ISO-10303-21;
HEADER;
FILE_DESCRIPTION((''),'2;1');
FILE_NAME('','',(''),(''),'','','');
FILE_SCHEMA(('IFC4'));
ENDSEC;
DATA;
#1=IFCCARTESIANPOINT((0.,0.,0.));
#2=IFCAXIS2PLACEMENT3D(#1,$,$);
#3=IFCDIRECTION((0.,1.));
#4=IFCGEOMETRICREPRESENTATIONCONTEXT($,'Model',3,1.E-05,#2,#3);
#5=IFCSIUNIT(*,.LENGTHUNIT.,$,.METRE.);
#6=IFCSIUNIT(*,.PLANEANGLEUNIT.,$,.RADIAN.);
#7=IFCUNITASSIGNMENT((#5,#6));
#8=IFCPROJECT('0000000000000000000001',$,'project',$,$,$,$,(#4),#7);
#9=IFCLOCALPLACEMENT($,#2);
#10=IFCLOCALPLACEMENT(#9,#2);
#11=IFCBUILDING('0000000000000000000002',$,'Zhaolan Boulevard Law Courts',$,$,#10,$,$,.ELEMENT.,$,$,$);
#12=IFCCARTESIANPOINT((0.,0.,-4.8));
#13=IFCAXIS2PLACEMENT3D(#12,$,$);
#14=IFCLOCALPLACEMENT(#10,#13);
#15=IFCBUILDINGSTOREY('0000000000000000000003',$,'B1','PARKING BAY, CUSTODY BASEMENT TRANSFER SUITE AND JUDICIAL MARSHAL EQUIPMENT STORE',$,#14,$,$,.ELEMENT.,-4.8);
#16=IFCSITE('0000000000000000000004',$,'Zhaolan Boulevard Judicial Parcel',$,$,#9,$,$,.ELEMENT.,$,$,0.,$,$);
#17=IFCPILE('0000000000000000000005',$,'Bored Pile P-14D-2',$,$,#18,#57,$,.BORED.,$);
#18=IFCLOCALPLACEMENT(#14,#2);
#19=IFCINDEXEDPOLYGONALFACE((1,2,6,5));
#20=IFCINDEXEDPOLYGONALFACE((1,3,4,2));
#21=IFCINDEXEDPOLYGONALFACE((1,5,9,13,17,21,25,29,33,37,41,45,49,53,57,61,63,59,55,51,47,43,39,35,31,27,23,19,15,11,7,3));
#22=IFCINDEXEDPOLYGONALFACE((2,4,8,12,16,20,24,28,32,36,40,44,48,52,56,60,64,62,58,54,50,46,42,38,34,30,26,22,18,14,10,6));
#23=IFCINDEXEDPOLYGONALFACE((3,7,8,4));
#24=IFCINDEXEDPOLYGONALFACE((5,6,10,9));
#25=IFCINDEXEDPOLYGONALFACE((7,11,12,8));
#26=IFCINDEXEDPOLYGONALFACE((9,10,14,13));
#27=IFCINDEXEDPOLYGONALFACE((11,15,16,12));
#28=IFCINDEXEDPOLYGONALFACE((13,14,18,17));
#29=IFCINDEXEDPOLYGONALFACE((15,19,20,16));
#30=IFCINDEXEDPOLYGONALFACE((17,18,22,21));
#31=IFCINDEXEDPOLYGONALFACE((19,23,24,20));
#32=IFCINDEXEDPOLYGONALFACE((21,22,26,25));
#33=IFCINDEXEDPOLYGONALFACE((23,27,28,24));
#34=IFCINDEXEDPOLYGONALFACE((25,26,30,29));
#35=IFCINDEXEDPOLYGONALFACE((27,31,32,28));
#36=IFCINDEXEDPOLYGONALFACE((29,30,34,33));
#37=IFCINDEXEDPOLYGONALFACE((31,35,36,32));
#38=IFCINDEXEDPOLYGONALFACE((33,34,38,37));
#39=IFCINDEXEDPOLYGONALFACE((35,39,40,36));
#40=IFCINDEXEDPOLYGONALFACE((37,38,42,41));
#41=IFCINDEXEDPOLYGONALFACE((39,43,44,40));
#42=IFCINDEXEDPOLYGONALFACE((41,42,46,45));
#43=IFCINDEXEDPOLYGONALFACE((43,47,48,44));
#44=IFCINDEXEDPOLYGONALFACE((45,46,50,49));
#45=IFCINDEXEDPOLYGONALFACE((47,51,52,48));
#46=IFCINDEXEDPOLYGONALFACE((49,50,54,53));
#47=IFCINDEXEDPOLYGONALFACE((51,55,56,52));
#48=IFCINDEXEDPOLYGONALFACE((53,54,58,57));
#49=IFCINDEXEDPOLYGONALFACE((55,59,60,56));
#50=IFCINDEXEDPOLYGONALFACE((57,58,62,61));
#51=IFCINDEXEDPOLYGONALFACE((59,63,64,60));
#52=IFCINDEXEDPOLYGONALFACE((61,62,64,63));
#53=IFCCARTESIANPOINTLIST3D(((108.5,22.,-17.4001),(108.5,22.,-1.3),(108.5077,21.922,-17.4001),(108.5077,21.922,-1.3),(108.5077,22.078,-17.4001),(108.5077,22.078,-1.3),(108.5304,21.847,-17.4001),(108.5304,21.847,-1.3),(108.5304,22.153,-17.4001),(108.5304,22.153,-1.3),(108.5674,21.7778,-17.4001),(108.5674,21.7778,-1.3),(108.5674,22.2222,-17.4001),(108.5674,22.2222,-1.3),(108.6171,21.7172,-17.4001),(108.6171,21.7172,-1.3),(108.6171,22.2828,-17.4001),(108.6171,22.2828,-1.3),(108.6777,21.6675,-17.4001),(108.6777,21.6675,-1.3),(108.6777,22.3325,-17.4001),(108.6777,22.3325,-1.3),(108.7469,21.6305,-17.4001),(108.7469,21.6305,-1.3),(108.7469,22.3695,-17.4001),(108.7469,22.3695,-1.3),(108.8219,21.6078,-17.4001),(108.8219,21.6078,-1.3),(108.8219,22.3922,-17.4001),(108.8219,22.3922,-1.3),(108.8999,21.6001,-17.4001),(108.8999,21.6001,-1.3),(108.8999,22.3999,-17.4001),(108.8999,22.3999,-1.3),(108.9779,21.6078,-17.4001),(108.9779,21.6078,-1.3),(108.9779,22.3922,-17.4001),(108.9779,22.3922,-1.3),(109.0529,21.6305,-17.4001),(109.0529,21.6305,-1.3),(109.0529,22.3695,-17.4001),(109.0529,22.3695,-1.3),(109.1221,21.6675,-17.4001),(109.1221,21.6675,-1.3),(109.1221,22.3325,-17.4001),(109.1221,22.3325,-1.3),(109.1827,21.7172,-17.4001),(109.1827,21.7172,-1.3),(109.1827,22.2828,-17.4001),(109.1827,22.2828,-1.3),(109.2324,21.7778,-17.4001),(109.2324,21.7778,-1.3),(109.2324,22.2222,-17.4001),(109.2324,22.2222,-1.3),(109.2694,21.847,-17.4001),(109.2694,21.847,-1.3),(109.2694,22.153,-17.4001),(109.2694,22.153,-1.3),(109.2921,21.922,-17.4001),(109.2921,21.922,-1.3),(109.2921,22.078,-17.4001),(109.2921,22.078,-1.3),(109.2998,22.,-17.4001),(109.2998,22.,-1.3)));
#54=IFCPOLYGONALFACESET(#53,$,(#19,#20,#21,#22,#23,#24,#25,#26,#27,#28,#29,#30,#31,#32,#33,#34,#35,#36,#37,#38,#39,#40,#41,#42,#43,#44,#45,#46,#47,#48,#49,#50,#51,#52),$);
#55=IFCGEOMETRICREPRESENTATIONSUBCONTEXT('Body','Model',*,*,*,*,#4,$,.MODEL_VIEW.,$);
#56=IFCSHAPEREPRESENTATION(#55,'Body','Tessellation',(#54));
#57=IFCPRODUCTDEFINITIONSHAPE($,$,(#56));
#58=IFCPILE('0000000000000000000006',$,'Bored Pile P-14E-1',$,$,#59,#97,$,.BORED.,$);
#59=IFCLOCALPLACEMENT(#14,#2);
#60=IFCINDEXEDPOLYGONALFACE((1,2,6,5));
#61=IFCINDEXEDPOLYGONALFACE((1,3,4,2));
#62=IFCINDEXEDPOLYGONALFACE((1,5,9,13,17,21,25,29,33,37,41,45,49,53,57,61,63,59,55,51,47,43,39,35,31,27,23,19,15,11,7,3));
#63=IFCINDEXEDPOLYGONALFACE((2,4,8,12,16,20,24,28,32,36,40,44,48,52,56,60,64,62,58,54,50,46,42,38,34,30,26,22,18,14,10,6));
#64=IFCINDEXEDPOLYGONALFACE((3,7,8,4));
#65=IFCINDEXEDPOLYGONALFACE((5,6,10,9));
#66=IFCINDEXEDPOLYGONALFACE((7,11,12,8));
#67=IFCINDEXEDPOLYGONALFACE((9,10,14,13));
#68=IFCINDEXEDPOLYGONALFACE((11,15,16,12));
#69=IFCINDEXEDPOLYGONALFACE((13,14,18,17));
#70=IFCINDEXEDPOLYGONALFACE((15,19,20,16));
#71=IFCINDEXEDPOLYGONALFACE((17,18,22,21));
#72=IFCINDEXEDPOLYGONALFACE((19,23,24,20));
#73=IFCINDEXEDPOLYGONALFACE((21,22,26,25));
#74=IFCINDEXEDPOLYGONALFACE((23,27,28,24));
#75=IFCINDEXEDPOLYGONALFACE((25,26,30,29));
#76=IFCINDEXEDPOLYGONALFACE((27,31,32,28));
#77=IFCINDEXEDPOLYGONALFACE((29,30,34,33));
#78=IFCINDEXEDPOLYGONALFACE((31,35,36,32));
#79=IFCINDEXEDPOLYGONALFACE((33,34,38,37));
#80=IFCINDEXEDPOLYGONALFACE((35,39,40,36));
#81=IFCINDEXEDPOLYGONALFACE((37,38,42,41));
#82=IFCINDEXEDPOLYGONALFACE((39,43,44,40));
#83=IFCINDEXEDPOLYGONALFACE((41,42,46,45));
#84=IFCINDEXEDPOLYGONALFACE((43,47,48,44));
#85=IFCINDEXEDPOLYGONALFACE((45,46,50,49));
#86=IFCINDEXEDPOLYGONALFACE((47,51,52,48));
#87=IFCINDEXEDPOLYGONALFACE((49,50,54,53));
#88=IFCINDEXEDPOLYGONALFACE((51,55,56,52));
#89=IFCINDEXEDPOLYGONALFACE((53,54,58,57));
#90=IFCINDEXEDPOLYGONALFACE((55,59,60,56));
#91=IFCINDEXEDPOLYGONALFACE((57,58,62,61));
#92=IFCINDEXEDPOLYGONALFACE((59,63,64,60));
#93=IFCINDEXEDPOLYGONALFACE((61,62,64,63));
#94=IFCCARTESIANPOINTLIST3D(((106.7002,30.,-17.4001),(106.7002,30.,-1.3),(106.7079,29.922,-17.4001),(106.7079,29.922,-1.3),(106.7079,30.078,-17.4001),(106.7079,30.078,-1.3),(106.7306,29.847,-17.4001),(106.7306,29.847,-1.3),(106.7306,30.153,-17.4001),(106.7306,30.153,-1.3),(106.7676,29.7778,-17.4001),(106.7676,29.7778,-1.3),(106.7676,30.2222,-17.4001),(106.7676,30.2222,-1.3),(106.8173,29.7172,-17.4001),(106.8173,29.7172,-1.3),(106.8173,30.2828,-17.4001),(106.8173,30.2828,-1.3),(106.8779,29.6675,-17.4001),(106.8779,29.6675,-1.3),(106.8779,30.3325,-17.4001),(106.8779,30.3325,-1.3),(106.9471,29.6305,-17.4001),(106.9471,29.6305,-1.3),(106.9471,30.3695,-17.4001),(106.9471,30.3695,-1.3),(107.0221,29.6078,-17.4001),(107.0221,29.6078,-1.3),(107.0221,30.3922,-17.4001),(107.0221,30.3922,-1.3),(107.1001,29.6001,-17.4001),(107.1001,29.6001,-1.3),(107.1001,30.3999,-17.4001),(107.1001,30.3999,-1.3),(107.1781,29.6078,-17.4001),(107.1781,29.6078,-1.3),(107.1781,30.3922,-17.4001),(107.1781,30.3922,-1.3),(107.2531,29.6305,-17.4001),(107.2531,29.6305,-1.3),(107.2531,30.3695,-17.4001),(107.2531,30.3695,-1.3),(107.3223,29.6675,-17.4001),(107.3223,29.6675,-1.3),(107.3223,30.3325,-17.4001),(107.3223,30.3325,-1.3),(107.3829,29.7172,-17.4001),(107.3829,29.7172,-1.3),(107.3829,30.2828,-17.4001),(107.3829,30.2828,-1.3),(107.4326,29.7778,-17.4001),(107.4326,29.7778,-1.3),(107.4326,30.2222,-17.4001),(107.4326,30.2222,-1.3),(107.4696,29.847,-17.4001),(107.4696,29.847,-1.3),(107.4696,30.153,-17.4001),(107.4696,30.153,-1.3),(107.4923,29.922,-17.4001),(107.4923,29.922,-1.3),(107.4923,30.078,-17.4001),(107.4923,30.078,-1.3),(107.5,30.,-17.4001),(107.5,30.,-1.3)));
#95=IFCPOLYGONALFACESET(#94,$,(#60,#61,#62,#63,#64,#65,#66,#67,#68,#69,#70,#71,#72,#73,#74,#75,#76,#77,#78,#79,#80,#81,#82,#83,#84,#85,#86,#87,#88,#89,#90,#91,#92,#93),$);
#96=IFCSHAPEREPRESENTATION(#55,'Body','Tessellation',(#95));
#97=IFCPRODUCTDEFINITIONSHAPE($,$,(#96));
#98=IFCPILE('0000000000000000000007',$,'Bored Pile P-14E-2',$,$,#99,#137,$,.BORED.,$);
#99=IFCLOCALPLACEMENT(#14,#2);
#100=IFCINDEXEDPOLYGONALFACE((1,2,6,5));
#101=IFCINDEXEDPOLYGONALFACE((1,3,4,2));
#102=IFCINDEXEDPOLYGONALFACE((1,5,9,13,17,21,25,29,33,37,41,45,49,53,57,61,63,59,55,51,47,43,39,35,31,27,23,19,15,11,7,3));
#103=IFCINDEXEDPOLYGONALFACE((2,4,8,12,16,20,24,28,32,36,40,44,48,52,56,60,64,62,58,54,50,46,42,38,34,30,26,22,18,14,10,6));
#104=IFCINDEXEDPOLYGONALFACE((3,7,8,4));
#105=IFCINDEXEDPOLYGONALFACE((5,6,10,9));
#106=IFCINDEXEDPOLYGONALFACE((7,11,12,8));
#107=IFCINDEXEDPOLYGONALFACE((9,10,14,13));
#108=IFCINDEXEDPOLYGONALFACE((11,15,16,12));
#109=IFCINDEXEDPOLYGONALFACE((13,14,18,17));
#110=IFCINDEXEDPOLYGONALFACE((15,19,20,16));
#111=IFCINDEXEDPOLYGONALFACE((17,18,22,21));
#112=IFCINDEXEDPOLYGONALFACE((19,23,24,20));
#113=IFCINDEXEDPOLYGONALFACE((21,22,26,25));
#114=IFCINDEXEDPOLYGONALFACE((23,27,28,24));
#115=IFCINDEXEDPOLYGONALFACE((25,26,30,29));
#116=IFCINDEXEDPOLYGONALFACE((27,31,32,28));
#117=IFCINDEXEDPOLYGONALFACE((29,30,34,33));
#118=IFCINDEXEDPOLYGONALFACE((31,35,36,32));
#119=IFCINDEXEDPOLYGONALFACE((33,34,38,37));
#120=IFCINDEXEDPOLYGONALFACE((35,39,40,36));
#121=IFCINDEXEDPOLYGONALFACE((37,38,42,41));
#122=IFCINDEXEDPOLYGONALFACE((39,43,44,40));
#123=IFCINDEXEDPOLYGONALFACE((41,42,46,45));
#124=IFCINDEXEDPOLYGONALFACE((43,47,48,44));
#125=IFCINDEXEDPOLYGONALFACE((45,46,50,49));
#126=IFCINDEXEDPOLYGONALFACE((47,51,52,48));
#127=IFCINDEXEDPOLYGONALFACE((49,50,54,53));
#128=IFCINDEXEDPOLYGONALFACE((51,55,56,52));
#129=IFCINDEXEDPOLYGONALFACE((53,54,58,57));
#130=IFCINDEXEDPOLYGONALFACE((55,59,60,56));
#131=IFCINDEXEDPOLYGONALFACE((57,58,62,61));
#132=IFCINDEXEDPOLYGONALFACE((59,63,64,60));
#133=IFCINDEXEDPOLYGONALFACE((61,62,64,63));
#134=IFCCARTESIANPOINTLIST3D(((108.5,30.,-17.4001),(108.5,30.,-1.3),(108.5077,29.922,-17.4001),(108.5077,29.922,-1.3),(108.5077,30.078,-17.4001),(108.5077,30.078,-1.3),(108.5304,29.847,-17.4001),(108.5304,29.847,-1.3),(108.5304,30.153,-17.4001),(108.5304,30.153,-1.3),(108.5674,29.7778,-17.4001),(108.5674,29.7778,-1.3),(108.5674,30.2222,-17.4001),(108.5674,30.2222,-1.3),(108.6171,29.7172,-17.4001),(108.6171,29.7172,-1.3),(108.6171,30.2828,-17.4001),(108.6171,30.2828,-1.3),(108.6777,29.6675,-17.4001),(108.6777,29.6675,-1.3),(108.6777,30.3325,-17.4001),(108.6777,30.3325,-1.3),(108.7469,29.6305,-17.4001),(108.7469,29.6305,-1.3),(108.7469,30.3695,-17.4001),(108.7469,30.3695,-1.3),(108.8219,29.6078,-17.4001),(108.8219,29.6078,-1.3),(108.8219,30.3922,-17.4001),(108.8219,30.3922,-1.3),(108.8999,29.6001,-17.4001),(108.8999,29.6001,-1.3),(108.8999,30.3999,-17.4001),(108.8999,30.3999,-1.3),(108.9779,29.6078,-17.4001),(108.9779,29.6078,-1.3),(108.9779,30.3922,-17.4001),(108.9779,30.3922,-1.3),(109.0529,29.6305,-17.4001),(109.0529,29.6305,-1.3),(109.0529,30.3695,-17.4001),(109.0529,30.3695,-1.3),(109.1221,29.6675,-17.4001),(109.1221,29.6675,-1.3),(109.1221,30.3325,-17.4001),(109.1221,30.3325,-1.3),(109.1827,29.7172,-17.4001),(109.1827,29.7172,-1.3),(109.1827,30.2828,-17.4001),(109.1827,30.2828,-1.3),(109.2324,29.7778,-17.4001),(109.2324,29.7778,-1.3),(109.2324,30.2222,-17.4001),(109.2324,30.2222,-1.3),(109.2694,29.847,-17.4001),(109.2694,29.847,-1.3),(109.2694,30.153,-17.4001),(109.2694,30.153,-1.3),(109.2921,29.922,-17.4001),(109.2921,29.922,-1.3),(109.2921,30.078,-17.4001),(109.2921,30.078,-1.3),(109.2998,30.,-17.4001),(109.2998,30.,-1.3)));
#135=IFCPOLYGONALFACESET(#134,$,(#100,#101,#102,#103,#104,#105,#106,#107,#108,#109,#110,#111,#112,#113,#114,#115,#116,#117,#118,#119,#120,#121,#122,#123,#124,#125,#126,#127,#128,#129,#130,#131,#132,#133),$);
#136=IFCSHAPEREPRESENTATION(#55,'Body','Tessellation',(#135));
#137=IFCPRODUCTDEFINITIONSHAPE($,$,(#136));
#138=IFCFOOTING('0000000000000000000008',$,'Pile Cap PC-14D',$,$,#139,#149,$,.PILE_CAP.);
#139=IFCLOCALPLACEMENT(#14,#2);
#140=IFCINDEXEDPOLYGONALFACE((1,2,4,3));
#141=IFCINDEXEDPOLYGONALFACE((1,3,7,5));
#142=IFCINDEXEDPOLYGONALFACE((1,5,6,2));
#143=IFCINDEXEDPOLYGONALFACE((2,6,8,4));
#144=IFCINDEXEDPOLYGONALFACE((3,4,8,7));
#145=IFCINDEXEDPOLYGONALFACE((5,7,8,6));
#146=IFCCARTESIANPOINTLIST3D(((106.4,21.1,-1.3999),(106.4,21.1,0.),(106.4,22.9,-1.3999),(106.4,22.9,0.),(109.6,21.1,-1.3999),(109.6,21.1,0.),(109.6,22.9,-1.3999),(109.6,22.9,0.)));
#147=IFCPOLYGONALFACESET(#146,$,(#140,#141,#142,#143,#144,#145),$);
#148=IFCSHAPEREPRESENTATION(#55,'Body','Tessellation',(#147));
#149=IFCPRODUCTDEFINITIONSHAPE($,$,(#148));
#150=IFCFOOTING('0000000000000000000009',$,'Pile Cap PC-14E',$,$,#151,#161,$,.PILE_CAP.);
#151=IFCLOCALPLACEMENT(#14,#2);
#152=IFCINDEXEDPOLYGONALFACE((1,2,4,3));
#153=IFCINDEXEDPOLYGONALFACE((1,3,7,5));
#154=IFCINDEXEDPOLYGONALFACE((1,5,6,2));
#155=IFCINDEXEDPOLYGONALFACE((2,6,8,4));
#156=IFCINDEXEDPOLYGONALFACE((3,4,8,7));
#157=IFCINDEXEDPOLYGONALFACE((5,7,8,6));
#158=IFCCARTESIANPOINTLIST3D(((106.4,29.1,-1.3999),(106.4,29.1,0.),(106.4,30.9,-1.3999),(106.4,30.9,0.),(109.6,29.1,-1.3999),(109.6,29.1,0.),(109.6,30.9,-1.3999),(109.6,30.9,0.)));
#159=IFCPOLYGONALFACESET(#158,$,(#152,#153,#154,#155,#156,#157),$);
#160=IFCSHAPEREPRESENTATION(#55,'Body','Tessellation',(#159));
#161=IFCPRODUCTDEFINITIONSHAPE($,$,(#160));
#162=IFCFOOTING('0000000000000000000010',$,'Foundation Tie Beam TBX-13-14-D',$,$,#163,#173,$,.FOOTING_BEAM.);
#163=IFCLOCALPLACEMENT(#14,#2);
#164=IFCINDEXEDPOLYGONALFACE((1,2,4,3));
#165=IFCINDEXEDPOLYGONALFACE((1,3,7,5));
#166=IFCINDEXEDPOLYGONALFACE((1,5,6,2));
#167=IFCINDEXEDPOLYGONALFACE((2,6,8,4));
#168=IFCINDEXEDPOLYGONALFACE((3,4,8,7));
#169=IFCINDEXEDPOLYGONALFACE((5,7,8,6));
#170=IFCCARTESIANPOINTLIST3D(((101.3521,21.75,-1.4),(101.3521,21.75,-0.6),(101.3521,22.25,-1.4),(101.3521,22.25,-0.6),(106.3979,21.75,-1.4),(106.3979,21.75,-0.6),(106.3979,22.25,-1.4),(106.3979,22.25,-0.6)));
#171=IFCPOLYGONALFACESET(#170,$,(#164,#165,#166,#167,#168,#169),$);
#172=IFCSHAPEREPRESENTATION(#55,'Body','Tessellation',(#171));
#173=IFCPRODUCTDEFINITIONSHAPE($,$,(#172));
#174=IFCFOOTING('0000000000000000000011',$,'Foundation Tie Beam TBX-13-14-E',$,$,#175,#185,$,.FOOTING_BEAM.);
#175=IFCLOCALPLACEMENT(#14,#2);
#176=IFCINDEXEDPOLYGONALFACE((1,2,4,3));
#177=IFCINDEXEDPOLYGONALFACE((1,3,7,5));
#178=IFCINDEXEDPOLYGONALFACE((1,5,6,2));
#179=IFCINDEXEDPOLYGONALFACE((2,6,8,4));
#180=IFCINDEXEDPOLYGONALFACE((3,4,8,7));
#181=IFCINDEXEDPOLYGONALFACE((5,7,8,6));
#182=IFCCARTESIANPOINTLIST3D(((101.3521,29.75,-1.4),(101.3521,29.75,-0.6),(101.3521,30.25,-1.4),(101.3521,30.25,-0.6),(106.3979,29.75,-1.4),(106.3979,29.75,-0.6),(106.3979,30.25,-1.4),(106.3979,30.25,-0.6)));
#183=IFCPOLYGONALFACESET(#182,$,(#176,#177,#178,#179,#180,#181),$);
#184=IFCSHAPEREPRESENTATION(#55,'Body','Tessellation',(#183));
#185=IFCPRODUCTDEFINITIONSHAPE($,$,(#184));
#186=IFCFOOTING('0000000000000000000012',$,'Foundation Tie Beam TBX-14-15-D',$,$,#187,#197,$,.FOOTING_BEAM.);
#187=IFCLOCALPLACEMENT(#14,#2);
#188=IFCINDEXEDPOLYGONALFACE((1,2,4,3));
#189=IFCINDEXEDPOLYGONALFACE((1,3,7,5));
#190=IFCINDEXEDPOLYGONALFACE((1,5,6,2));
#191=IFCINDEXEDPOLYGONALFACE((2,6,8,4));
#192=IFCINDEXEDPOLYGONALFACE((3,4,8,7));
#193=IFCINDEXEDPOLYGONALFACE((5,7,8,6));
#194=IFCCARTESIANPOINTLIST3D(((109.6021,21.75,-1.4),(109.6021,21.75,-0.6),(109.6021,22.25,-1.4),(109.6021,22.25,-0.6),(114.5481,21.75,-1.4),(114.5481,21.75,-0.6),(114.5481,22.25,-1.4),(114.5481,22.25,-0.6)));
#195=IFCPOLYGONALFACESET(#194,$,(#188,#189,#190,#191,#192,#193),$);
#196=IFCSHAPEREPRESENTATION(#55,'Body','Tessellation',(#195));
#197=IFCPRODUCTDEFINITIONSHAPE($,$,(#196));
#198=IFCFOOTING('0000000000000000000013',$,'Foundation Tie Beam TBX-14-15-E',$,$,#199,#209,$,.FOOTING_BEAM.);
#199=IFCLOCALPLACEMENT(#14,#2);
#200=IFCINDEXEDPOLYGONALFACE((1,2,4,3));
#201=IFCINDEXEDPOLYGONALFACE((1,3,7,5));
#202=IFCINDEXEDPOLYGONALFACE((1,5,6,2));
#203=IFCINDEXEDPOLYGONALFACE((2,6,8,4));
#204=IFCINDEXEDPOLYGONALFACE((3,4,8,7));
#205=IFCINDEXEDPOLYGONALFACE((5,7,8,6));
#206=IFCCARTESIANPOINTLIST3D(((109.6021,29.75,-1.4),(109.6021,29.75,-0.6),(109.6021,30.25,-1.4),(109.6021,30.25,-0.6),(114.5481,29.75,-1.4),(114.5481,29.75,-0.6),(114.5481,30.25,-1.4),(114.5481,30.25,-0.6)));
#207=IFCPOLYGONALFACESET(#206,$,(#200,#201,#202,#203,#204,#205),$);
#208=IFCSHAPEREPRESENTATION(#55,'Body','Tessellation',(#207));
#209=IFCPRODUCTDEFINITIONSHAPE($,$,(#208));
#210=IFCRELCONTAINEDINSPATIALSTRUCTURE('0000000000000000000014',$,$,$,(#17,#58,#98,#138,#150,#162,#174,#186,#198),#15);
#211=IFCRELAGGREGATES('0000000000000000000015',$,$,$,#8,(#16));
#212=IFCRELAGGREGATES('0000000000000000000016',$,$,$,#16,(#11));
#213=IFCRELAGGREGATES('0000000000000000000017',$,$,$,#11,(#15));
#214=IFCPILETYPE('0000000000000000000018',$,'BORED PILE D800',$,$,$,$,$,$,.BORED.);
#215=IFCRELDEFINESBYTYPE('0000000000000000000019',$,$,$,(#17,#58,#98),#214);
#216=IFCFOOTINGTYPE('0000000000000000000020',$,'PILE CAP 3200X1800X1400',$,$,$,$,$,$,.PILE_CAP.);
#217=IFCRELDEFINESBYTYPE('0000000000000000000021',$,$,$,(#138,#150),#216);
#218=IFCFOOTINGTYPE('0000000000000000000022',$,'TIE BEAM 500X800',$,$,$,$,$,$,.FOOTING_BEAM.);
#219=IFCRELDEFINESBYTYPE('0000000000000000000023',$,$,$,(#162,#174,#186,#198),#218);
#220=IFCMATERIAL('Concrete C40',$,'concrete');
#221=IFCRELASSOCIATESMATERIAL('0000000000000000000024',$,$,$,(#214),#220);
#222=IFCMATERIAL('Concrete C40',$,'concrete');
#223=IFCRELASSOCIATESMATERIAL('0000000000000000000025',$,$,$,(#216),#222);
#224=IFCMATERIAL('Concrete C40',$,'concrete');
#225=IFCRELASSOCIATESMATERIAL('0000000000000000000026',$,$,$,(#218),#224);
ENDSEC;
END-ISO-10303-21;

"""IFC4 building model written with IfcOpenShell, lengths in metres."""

from ifc_helpers import new_model, si_unit, direction, frame, origin, origin_2d, place, context, subcontext, project, spatial, rectangle, circle, extrude, material, material_profile, profile_set, type_object, element, save


model = new_model("IFC4")

# Units and contexts
model_context = context("Model", 3, precision=1e-05, world=origin(), true_north=direction((0.0, 1.0)))
body_context = subcontext(model_context, "Body", "Model", "MODEL_VIEW")
ifc_project = project(units=[si_unit("LENGTHUNIT", "METRE"), si_unit("PLANEANGLEUNIT", "RADIAN")], contexts=[model_context])

# Site, building, storey
site_placement = place(None, origin())
site = spatial("IfcSite", under=ifc_project, at=site_placement, Name="Zhaolan Boulevard Judicial Parcel", CompositionType="ELEMENT", RefElevation=0.0)
building_placement = place(site_placement, origin())
building = spatial("IfcBuilding", under=site, at=building_placement, Name="Zhaolan Boulevard Law Courts", CompositionType="ELEMENT")
storey_placement = place(building_placement, frame((0.0, 0.0, -4.8)))
storey = spatial("IfcBuildingStorey", under=building, at=storey_placement, Name="B1", Description="PARKING BAY, CUSTODY BASEMENT TRANSFER SUITE AND JUDICIAL MARSHAL EQUIPMENT STORE", CompositionType="ELEMENT", Elevation=-4.8)

# Piles
ifc_material_1 = material(Name="Concrete C40", Category="concrete")
ifc_material_profile_1 = material_profile(ifc_material_1, circle(Radius=0.3999, at=origin_2d()), Name="PILE-D800")
ifc_profile_set_1 = profile_set([ifc_material_profile_1], Name="Concrete C40")
pile_type_1 = type_object("IfcPileType", Name="BORED PILE D800", PredefinedType="BORED", material=ifc_profile_set_1)
for number, where, z_axis, x_axis, name in (
    (1, (108.8999, 22.0, -1.3), (0.0, 0.0, -1.0), (1.0, 0.0, 0.0), "Bored Pile P-14D-2"),
    (2, (107.1001, 30.0, -1.3), (0.0, 0.0, -1.0), (1.0, 0.0, 0.0), "Bored Pile P-14E-1"),
    (3, (108.8999, 30.0, -1.3), (0.0, 0.0, -1.0), (1.0, 0.0, 0.0), "Bored Pile P-14E-2"),
):
    element("IfcPile", number, at=place(storey_placement, frame(where, z_axis=z_axis, x_axis=x_axis)), inside=storey, type_object=pile_type_1, Name=name, PredefinedType="BORED", context=body_context, shape_type="SweptSolid", body=[
        extrude(circle(Radius=0.3999, at=origin_2d()), origin(), (0.0, 0.0, 1.0), 16.1001),
    ])

# Footings
ifc_material_2 = material(Name="Concrete C40", Category="concrete")
footing_type_1 = type_object("IfcFootingType", Name="PILE CAP 3200X1800X1400", PredefinedType="PILE_CAP", material=ifc_material_2)
for number, where, z_axis, x_axis, name in (
    (4, (108.0, 22.0, -1.3999), (0.0, 0.0, 1.0), (1.0, 0.0, 0.0), "Pile Cap PC-14D"),
    (5, (108.0, 30.0, -1.3999), (0.0, 0.0, 1.0), (1.0, 0.0, 0.0), "Pile Cap PC-14E"),
):
    element("IfcFooting", number, at=place(storey_placement, frame(where, z_axis=z_axis, x_axis=x_axis)), inside=storey, type_object=footing_type_1, Name=name, PredefinedType="PILE_CAP", context=body_context, shape_type="SweptSolid", body=[
        extrude(rectangle(XDim=3.2, YDim=1.8, at=origin_2d()), origin(), (0.0, 0.0, 1.0), 1.3999),
    ])
ifc_material_3 = material(Name="Concrete C40", Category="concrete")
ifc_material_profile_2 = material_profile(ifc_material_3, rectangle(XDim=0.5, YDim=0.8, at=origin_2d()), Name="RC500x800")
ifc_profile_set_2 = profile_set([ifc_material_profile_2], Name="Concrete C40")
footing_type_2 = type_object("IfcFootingType", Name="TIE BEAM 500X800", PredefinedType="FOOTING_BEAM", material=ifc_profile_set_2)
for number, where, z_axis, x_axis, name in (
    (6, (101.3521, 22.0, -1.0), (1.0, 0.0, 0.0), (0.0, 1.0, 0.0), "Foundation Tie Beam TBX-13-14-D"),
    (7, (101.3521, 30.0, -1.0), (1.0, 0.0, 0.0), (0.0, 1.0, 0.0), "Foundation Tie Beam TBX-13-14-E"),
):
    element("IfcFooting", number, at=place(storey_placement, frame(where, z_axis=z_axis, x_axis=x_axis)), inside=storey, type_object=footing_type_2, Name=name, PredefinedType="FOOTING_BEAM", context=body_context, shape_type="SweptSolid", body=[
        extrude(rectangle(XDim=0.5, YDim=0.8, at=origin_2d()), origin(), (0.0, 0.0, 1.0), 5.0459),
    ])
for number, where, z_axis, x_axis, name in (
    (8, (109.6021, 22.0, -1.0), (1.0, 0.0, 0.0), (0.0, 1.0, 0.0), "Foundation Tie Beam TBX-14-15-D"),
    (9, (109.6021, 30.0, -1.0), (1.0, 0.0, 0.0), (0.0, 1.0, 0.0), "Foundation Tie Beam TBX-14-15-E"),
):
    element("IfcFooting", number, at=place(storey_placement, frame(where, z_axis=z_axis, x_axis=x_axis)), inside=storey, type_object=footing_type_2, Name=name, PredefinedType="FOOTING_BEAM", context=body_context, shape_type="SweptSolid", body=[
        extrude(rectangle(XDim=0.5, YDim=0.8, at=origin_2d()), origin(), (0.0, 0.0, 1.0), 4.946),
    ])

save(model, "model.ifc")
